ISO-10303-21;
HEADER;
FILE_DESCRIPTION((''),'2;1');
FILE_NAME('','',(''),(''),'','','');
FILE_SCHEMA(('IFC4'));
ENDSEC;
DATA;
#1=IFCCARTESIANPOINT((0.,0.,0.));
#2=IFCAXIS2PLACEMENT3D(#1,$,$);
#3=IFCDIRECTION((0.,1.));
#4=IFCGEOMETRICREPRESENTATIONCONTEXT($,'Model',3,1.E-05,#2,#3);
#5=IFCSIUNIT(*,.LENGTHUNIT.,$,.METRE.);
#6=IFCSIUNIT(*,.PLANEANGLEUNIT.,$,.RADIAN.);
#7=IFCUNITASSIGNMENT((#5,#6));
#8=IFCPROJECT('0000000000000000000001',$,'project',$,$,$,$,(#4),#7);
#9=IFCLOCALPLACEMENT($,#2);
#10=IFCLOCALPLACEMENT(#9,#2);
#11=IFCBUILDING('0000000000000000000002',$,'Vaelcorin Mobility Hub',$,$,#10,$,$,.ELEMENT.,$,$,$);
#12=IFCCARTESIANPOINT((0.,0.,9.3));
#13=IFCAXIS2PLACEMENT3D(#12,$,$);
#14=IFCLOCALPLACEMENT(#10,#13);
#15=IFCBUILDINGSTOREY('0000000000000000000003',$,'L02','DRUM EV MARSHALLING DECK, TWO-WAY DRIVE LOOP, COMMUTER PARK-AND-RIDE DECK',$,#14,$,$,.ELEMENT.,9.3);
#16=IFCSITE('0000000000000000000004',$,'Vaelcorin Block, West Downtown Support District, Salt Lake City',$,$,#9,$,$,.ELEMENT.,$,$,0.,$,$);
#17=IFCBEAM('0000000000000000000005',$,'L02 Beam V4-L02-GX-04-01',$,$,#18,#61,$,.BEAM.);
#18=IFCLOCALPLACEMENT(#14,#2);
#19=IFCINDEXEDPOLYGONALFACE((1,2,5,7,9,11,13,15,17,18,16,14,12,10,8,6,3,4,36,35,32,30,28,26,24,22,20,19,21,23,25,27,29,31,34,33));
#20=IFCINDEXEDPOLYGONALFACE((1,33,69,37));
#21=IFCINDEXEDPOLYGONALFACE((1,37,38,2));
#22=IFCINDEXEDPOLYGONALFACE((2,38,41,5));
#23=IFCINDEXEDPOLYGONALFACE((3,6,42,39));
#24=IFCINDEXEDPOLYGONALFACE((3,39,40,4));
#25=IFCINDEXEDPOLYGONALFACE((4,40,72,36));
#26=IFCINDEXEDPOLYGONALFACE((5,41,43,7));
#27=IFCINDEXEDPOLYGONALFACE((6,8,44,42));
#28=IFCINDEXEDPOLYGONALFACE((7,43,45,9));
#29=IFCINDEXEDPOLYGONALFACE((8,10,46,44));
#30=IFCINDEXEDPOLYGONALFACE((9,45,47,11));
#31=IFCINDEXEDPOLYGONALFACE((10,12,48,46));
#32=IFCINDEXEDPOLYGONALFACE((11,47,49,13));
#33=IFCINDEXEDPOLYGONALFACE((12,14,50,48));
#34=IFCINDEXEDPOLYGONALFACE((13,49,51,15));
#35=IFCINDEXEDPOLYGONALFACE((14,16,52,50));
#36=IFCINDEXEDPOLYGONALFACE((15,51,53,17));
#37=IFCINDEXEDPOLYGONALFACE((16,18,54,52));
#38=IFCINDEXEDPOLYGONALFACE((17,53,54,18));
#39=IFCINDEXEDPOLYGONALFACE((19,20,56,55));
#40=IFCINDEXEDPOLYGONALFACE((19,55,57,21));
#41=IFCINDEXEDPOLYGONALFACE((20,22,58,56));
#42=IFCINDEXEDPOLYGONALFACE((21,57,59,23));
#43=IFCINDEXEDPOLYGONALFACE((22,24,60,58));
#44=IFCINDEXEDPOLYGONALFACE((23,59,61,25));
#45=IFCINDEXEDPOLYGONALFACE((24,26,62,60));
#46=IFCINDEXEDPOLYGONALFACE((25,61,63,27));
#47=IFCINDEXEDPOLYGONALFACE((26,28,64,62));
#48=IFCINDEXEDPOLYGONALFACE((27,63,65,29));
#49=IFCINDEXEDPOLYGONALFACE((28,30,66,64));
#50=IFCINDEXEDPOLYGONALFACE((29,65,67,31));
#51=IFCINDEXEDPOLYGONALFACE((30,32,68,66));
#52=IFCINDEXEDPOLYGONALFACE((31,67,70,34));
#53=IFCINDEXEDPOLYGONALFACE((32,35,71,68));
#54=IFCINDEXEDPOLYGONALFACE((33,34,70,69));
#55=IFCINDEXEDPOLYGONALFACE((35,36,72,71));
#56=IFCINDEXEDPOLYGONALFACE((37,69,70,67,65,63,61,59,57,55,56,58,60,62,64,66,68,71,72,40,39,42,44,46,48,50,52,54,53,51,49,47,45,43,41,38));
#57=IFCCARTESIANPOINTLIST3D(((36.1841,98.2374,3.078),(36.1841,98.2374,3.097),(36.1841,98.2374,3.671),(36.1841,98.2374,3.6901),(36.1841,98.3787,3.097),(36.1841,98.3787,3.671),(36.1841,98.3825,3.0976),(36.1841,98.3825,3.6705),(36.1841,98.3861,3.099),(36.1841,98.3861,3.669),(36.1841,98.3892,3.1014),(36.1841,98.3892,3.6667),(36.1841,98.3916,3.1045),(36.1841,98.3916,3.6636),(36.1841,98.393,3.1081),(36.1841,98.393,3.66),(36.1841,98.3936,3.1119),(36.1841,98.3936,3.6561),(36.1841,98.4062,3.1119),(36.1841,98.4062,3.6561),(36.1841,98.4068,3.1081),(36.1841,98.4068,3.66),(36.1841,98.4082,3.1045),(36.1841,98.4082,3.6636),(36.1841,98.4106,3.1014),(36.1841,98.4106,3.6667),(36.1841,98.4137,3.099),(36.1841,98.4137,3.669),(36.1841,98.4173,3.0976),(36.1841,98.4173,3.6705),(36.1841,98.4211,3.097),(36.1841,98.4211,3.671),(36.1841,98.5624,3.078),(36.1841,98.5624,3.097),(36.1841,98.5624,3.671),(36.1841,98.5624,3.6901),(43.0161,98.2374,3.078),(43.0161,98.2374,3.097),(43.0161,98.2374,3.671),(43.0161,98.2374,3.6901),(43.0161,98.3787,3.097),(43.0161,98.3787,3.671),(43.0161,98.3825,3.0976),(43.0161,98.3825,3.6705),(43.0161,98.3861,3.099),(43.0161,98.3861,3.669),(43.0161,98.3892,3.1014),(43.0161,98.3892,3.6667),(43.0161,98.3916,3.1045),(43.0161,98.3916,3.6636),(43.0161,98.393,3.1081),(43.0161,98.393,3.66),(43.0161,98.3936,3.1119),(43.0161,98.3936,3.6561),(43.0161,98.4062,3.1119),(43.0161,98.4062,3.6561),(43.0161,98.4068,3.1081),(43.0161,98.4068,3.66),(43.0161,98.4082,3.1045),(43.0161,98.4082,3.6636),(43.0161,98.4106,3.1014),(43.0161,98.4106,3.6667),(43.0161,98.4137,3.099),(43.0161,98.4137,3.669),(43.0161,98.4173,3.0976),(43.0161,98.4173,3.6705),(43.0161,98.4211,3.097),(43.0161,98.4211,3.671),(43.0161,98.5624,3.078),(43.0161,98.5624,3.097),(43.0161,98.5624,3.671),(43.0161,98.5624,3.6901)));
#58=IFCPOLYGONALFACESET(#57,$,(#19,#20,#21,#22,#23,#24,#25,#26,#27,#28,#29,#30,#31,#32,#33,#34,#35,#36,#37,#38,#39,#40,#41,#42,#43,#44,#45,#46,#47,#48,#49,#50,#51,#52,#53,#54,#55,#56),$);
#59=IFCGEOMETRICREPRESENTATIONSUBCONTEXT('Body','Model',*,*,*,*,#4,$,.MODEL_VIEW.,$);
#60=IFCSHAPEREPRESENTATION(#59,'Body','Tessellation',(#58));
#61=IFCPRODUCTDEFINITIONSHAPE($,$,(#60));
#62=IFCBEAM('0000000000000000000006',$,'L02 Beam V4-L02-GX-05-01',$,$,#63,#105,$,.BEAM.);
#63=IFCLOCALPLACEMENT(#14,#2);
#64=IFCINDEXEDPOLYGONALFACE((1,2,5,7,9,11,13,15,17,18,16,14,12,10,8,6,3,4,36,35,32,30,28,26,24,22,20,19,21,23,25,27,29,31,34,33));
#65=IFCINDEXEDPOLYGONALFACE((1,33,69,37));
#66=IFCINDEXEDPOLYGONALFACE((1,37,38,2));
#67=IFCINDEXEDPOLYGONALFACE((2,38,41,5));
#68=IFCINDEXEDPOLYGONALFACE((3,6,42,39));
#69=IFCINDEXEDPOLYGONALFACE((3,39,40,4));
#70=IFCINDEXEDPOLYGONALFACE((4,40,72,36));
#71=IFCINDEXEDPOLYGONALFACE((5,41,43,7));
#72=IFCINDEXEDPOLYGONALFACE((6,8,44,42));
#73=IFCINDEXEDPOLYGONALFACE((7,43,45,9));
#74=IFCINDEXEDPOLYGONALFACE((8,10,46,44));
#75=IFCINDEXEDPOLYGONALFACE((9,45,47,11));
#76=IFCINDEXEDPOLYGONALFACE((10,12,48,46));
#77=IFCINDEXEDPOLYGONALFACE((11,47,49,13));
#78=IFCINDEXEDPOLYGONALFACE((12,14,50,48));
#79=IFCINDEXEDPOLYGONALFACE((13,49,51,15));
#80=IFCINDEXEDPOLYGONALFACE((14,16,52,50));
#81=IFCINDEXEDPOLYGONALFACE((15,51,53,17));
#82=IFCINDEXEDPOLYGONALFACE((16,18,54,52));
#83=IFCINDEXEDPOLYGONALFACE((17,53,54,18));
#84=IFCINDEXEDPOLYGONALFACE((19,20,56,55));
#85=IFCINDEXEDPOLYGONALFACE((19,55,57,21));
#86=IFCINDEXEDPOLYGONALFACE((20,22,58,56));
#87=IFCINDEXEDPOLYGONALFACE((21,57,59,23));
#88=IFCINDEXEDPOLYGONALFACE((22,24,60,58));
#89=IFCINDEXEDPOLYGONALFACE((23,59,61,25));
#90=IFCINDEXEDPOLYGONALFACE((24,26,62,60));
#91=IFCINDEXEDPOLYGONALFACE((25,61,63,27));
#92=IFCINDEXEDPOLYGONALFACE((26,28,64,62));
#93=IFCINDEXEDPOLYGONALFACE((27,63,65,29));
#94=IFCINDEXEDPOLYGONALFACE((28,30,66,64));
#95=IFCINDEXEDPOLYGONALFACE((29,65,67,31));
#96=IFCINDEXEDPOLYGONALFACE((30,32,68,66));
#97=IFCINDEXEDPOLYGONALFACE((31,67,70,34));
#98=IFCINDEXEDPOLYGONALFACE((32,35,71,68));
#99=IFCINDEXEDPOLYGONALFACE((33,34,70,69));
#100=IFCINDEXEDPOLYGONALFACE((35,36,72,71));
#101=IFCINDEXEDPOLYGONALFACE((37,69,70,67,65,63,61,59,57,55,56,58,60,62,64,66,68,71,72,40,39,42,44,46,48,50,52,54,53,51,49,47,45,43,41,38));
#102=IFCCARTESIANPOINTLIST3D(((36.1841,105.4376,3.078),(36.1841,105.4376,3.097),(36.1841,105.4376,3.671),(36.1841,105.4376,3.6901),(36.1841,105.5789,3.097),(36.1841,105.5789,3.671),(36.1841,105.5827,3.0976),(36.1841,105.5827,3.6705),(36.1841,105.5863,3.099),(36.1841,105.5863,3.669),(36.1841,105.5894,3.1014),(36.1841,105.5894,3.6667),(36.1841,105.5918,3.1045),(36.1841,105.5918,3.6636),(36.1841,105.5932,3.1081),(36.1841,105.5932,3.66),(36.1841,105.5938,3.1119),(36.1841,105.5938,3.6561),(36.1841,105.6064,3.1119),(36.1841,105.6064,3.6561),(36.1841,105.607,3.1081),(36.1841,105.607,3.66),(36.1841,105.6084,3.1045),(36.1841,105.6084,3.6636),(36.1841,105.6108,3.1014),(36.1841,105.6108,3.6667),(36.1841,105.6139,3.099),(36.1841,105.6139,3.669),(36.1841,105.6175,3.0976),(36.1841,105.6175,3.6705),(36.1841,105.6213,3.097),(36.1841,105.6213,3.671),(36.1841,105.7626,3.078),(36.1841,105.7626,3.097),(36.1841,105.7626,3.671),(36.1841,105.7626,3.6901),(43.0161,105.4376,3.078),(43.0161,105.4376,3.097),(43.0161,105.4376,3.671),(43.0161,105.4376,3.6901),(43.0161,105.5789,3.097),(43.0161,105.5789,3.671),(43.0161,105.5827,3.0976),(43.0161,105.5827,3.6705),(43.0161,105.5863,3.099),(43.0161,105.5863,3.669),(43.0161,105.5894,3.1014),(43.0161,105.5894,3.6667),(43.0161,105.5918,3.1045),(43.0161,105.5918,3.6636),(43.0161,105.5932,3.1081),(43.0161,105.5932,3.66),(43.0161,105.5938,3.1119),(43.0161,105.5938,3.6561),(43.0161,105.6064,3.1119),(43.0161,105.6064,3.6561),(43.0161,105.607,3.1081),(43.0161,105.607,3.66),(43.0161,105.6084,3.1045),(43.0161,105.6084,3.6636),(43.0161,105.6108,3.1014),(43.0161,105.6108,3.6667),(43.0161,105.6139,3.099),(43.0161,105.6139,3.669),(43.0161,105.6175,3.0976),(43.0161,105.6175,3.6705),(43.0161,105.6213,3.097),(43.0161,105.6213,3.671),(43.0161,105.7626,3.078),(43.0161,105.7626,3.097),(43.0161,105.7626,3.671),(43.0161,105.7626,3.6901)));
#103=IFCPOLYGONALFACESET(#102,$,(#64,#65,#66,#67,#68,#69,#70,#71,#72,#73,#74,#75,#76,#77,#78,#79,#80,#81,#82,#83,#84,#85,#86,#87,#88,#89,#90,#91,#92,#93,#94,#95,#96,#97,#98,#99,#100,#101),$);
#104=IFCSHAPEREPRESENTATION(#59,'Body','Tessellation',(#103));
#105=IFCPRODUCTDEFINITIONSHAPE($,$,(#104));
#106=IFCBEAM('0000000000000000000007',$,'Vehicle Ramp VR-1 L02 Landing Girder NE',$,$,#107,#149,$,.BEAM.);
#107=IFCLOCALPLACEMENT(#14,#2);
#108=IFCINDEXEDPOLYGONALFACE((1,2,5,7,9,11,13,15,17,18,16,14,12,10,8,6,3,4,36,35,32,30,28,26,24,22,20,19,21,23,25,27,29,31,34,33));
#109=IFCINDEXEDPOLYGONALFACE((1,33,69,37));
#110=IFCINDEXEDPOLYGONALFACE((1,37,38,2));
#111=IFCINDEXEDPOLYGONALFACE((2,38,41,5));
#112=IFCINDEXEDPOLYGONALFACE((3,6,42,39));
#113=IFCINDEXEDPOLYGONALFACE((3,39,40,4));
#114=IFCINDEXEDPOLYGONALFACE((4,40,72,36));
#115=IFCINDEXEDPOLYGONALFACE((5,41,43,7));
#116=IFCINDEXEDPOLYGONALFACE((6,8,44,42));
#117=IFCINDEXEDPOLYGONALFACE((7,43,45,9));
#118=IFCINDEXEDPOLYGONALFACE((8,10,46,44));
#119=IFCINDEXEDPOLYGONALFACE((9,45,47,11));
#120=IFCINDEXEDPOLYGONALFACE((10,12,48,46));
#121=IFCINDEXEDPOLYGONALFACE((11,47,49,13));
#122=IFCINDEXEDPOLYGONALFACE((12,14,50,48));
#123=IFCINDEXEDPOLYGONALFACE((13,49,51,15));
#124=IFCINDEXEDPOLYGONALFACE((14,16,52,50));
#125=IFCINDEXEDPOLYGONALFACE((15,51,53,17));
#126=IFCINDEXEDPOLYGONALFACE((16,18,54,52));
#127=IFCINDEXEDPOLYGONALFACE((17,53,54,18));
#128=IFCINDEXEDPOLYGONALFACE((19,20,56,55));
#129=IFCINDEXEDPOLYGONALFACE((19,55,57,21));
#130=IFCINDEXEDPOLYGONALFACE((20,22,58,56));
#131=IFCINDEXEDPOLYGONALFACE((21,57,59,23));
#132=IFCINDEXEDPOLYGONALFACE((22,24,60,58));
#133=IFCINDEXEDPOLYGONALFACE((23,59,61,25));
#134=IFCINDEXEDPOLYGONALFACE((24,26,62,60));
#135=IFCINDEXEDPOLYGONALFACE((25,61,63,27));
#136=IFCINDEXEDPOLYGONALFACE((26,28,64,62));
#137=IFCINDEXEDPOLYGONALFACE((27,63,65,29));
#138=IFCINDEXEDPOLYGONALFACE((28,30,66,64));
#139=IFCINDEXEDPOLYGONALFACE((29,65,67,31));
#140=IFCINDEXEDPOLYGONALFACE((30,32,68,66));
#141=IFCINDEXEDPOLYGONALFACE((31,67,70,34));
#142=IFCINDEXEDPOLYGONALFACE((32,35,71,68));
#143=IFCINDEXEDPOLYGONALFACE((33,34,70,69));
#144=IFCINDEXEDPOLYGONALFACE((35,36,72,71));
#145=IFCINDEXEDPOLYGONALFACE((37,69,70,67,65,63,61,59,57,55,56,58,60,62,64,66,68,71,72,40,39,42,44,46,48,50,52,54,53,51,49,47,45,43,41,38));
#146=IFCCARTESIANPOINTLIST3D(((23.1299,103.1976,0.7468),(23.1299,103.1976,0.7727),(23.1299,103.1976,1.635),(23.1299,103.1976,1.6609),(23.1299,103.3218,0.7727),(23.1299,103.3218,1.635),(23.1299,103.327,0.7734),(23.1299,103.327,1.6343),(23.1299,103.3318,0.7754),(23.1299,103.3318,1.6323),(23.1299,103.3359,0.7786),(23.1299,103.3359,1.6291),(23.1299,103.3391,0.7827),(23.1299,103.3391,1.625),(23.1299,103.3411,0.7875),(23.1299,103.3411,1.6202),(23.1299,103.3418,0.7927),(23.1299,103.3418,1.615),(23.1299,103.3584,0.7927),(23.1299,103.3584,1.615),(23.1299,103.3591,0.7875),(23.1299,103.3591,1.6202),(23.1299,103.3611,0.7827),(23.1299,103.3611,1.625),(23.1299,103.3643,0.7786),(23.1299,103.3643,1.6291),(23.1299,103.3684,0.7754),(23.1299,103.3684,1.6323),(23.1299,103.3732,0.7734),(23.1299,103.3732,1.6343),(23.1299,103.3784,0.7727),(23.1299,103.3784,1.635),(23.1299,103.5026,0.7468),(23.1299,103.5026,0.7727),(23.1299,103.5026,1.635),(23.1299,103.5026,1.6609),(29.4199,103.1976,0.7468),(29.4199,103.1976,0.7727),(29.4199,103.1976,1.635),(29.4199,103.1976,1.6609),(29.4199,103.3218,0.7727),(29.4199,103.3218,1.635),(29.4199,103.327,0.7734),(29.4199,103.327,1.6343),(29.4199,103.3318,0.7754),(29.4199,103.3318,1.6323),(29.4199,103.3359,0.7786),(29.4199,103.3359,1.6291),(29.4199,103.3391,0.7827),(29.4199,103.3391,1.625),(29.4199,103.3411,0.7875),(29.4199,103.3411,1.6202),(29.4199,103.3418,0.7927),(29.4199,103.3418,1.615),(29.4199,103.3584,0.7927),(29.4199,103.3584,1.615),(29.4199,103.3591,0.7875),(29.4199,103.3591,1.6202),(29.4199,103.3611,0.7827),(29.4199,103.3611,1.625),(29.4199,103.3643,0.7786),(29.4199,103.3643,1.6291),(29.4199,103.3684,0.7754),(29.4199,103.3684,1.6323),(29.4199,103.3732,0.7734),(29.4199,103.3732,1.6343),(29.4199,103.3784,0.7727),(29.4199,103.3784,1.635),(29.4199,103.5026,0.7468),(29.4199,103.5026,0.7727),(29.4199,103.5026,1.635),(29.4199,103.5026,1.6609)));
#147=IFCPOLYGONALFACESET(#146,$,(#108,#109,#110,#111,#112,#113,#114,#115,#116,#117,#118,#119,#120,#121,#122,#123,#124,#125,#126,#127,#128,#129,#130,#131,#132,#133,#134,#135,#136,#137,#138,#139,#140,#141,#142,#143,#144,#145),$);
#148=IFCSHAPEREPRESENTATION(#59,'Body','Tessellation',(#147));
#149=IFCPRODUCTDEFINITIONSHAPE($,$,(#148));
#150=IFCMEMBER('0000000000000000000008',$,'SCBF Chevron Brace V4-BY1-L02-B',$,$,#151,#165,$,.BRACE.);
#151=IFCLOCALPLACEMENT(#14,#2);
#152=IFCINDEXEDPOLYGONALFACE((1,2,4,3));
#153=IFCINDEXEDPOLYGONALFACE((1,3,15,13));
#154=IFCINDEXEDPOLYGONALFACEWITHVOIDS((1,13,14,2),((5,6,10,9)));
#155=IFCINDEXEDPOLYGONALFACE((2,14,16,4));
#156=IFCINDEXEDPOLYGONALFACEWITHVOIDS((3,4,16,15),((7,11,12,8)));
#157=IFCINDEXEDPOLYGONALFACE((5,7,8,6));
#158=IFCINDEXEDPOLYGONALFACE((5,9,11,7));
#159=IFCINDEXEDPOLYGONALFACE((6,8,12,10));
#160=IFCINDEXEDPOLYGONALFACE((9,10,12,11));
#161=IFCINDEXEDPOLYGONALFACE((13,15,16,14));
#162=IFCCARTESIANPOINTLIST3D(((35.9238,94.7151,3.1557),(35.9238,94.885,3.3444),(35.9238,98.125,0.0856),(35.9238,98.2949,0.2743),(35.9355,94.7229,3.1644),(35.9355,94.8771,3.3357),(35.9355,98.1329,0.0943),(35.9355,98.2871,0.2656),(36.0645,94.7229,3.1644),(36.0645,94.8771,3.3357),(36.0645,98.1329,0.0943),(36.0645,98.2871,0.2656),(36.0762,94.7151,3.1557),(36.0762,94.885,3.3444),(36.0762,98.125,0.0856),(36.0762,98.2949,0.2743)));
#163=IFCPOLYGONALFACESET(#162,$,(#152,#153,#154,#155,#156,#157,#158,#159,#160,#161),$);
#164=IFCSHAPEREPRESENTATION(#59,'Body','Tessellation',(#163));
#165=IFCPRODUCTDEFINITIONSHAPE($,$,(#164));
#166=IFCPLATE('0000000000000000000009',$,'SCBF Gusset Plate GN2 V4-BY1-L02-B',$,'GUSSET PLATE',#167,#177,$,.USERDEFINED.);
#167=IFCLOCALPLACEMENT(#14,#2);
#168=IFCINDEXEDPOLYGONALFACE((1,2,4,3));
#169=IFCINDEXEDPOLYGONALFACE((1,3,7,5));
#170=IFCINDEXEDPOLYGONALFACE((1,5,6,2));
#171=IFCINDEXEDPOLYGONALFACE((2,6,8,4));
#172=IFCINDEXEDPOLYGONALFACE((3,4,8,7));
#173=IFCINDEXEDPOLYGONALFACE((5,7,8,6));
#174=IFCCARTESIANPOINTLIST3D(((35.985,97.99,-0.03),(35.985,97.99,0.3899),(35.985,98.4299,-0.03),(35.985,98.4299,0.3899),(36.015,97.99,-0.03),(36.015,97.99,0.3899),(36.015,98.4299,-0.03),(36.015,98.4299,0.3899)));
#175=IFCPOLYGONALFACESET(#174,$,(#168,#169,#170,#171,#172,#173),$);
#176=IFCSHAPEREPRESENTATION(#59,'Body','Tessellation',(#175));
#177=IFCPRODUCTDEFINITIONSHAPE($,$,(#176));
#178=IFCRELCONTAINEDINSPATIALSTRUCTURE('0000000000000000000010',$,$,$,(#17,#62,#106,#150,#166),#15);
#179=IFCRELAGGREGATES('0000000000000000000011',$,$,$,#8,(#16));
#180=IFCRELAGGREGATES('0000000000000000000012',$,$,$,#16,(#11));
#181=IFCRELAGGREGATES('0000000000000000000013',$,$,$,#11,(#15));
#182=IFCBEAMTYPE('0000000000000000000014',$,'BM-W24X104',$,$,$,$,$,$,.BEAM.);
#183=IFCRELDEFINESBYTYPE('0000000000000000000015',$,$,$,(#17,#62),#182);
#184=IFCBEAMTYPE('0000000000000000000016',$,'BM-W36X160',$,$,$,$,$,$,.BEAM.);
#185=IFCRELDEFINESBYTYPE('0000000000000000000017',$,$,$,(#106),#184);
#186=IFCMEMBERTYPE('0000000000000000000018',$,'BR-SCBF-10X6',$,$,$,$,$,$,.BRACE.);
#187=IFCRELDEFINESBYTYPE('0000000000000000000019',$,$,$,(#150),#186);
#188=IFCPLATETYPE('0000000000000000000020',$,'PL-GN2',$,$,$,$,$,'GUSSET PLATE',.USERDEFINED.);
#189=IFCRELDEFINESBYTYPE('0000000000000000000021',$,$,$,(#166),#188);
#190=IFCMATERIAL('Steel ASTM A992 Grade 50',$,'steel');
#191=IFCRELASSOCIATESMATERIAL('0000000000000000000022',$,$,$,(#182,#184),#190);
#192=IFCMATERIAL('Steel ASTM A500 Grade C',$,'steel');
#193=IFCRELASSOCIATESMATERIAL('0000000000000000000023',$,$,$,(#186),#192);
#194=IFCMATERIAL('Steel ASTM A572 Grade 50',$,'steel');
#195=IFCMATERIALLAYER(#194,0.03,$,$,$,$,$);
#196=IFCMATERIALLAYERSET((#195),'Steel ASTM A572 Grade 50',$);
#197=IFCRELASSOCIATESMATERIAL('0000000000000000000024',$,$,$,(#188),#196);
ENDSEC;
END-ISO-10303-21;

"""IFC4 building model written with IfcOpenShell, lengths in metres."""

from ifc_helpers import new_model, si_unit, direction, frame, origin, origin_2d, place, context, subcontext, project, spatial, rectangle, hollow_rectangle, i_section, extrude, material, layer, layer_set, material_profile, profile_set, type_object, element, save


model = new_model("IFC4")

# Units and contexts
model_context = context("Model", 3, precision=1e-05, world=origin(), true_north=direction((0.0, 1.0)))
body_context = subcontext(model_context, "Body", "Model", "MODEL_VIEW")
ifc_project = project(units=[si_unit("LENGTHUNIT", "METRE"), si_unit("PLANEANGLEUNIT", "RADIAN")], contexts=[model_context])

# Site, building, storey
site_placement = place(None, origin())
site = spatial("IfcSite", under=ifc_project, at=site_placement, Name="Vaelcorin Block, West Downtown Support District, Salt Lake City", CompositionType="ELEMENT", RefElevation=0.0)
building_placement = place(site_placement, origin())
building = spatial("IfcBuilding", under=site, at=building_placement, Name="Vaelcorin Mobility Hub", CompositionType="ELEMENT")
storey_placement = place(building_placement, frame((0.0, 0.0, 9.3)))
storey = spatial("IfcBuildingStorey", under=building, at=storey_placement, Name="L02", Description="DRUM EV MARSHALLING DECK, TWO-WAY DRIVE LOOP, COMMUTER PARK-AND-RIDE DECK", CompositionType="ELEMENT", Elevation=9.3)

# Shared definitions
ifc_material_1 = material(Name="Steel ASTM A992 Grade 50", Category="steel")

# Beams
ifc_material_profile_1 = material_profile(ifc_material_1, i_section(OverallWidth=0.325, OverallDepth=0.6121, WebThickness=0.0127, FlangeThickness=0.019, FilletRadius=0.0149, at=origin_2d()), Name="W24X104")
ifc_profile_set_1 = profile_set([ifc_material_profile_1], Name="Steel ASTM A992 Grade 50")
beam_type_1 = type_object("IfcBeamType", Name="BM-W24X104", PredefinedType="BEAM", material=ifc_profile_set_1)
for number, where, z_axis, x_axis, name in (
    (1, (36.1841, 98.3999, 3.384), (1.0, 0.0, 0.0), (0.0, 1.0, 0.0), "L02 Beam V4-L02-GX-04-01"),
    (2, (36.1841, 105.6001, 3.384), (1.0, 0.0, 0.0), (0.0, 1.0, 0.0), "L02 Beam V4-L02-GX-05-01"),
):
    element("IfcBeam", number, at=place(storey_placement, frame(where, z_axis=z_axis, x_axis=x_axis)), inside=storey, type_object=beam_type_1, Name=name, PredefinedType="BEAM", context=body_context, shape_type="SweptSolid", body=[
        extrude(i_section(OverallWidth=0.325, OverallDepth=0.6121, WebThickness=0.0127, FlangeThickness=0.019, FilletRadius=0.0149, at=origin_2d()), origin(), (0.0, 0.0, 1.0), 6.832),
    ])
ifc_material_profile_2 = material_profile(ifc_material_1, i_section(OverallWidth=0.3049, OverallDepth=0.9141, WebThickness=0.0166, FlangeThickness=0.0259, FilletRadius=0.02, at=origin_2d()), Name="W36X160")
ifc_profile_set_2 = profile_set([ifc_material_profile_2], Name="Steel ASTM A992 Grade 50")
beam_type_2 = type_object("IfcBeamType", Name="BM-W36X160", PredefinedType="BEAM", material=ifc_profile_set_2)
beam_1_placement = place(storey_placement, frame((23.1299, 103.3501, 1.2039), z_axis=(1.0, 0.0, 0.0), x_axis=(0.0, 1.0, 0.0)))
element("IfcBeam", 3, at=beam_1_placement, inside=storey, type_object=beam_type_2, Name="Vehicle Ramp VR-1 L02 Landing Girder NE", PredefinedType="BEAM", context=body_context, shape_type="SweptSolid", body=[
    extrude(i_section(OverallWidth=0.3049, OverallDepth=0.9141, WebThickness=0.0166, FlangeThickness=0.0259, FilletRadius=0.02, at=origin_2d()), origin(), (0.0, 0.0, 1.0), 6.29),
])

# Member
ifc_material_2 = material(Name="Steel ASTM A500 Grade C", Category="steel")
ifc_material_profile_3 = material_profile(ifc_material_2, hollow_rectangle(XDim=0.1523, YDim=0.2539, WallThickness=0.0117, at=origin_2d()), Name="HSS10X6X0.500")
ifc_profile_set_3 = profile_set([ifc_material_profile_3], Name="Steel ASTM A500 Grade C")
member_type = type_object("IfcMemberType", Name="BR-SCBF-10X6", PredefinedType="BRACE", material=ifc_profile_set_3)
member_placement = place(storey_placement, frame((36.0, 98.21, 0.1799), z_axis=(0.0, -0.74317, 0.669103), x_axis=(1.0, 0.0, 0.0)))
element("IfcMember", 4, at=member_placement, inside=storey, type_object=member_type, Name="SCBF Chevron Brace V4-BY1-L02-B", PredefinedType="BRACE", context=body_context, shape_type="SweptSolid", body=[
    extrude(hollow_rectangle(XDim=0.1523, YDim=0.2539, WallThickness=0.0117, at=origin_2d()), origin(), (0.0, 0.0, 1.0), 4.5884),
])

# Plate
ifc_material_3 = material(Name="Steel ASTM A572 Grade 50", Category="steel")
ifc_layer_1 = layer(ifc_material_3, 0.03)
ifc_layer_set_1 = layer_set([ifc_layer_1], Name="Steel ASTM A572 Grade 50")
plate_type = type_object("IfcPlateType", Name="PL-GN2", ElementType="GUSSET PLATE", PredefinedType="USERDEFINED", material=ifc_layer_set_1)
plate_placement = place(storey_placement, frame((36.0, 98.21, -0.03), z_axis=(0.0, 0.0, 1.0), x_axis=(0.0, 1.0, 0.0)))
element("IfcPlate", 5, at=plate_placement, inside=storey, type_object=plate_type, Name="SCBF Gusset Plate GN2 V4-BY1-L02-B", ObjectType="GUSSET PLATE", PredefinedType="USERDEFINED", context=body_context, shape_type="SweptSolid", body=[
    extrude(rectangle(XDim=0.4399, YDim=0.03, at=origin_2d()), origin(), (0.0, 0.0, 1.0), 0.4199),
])

save(model, "model.ifc")
